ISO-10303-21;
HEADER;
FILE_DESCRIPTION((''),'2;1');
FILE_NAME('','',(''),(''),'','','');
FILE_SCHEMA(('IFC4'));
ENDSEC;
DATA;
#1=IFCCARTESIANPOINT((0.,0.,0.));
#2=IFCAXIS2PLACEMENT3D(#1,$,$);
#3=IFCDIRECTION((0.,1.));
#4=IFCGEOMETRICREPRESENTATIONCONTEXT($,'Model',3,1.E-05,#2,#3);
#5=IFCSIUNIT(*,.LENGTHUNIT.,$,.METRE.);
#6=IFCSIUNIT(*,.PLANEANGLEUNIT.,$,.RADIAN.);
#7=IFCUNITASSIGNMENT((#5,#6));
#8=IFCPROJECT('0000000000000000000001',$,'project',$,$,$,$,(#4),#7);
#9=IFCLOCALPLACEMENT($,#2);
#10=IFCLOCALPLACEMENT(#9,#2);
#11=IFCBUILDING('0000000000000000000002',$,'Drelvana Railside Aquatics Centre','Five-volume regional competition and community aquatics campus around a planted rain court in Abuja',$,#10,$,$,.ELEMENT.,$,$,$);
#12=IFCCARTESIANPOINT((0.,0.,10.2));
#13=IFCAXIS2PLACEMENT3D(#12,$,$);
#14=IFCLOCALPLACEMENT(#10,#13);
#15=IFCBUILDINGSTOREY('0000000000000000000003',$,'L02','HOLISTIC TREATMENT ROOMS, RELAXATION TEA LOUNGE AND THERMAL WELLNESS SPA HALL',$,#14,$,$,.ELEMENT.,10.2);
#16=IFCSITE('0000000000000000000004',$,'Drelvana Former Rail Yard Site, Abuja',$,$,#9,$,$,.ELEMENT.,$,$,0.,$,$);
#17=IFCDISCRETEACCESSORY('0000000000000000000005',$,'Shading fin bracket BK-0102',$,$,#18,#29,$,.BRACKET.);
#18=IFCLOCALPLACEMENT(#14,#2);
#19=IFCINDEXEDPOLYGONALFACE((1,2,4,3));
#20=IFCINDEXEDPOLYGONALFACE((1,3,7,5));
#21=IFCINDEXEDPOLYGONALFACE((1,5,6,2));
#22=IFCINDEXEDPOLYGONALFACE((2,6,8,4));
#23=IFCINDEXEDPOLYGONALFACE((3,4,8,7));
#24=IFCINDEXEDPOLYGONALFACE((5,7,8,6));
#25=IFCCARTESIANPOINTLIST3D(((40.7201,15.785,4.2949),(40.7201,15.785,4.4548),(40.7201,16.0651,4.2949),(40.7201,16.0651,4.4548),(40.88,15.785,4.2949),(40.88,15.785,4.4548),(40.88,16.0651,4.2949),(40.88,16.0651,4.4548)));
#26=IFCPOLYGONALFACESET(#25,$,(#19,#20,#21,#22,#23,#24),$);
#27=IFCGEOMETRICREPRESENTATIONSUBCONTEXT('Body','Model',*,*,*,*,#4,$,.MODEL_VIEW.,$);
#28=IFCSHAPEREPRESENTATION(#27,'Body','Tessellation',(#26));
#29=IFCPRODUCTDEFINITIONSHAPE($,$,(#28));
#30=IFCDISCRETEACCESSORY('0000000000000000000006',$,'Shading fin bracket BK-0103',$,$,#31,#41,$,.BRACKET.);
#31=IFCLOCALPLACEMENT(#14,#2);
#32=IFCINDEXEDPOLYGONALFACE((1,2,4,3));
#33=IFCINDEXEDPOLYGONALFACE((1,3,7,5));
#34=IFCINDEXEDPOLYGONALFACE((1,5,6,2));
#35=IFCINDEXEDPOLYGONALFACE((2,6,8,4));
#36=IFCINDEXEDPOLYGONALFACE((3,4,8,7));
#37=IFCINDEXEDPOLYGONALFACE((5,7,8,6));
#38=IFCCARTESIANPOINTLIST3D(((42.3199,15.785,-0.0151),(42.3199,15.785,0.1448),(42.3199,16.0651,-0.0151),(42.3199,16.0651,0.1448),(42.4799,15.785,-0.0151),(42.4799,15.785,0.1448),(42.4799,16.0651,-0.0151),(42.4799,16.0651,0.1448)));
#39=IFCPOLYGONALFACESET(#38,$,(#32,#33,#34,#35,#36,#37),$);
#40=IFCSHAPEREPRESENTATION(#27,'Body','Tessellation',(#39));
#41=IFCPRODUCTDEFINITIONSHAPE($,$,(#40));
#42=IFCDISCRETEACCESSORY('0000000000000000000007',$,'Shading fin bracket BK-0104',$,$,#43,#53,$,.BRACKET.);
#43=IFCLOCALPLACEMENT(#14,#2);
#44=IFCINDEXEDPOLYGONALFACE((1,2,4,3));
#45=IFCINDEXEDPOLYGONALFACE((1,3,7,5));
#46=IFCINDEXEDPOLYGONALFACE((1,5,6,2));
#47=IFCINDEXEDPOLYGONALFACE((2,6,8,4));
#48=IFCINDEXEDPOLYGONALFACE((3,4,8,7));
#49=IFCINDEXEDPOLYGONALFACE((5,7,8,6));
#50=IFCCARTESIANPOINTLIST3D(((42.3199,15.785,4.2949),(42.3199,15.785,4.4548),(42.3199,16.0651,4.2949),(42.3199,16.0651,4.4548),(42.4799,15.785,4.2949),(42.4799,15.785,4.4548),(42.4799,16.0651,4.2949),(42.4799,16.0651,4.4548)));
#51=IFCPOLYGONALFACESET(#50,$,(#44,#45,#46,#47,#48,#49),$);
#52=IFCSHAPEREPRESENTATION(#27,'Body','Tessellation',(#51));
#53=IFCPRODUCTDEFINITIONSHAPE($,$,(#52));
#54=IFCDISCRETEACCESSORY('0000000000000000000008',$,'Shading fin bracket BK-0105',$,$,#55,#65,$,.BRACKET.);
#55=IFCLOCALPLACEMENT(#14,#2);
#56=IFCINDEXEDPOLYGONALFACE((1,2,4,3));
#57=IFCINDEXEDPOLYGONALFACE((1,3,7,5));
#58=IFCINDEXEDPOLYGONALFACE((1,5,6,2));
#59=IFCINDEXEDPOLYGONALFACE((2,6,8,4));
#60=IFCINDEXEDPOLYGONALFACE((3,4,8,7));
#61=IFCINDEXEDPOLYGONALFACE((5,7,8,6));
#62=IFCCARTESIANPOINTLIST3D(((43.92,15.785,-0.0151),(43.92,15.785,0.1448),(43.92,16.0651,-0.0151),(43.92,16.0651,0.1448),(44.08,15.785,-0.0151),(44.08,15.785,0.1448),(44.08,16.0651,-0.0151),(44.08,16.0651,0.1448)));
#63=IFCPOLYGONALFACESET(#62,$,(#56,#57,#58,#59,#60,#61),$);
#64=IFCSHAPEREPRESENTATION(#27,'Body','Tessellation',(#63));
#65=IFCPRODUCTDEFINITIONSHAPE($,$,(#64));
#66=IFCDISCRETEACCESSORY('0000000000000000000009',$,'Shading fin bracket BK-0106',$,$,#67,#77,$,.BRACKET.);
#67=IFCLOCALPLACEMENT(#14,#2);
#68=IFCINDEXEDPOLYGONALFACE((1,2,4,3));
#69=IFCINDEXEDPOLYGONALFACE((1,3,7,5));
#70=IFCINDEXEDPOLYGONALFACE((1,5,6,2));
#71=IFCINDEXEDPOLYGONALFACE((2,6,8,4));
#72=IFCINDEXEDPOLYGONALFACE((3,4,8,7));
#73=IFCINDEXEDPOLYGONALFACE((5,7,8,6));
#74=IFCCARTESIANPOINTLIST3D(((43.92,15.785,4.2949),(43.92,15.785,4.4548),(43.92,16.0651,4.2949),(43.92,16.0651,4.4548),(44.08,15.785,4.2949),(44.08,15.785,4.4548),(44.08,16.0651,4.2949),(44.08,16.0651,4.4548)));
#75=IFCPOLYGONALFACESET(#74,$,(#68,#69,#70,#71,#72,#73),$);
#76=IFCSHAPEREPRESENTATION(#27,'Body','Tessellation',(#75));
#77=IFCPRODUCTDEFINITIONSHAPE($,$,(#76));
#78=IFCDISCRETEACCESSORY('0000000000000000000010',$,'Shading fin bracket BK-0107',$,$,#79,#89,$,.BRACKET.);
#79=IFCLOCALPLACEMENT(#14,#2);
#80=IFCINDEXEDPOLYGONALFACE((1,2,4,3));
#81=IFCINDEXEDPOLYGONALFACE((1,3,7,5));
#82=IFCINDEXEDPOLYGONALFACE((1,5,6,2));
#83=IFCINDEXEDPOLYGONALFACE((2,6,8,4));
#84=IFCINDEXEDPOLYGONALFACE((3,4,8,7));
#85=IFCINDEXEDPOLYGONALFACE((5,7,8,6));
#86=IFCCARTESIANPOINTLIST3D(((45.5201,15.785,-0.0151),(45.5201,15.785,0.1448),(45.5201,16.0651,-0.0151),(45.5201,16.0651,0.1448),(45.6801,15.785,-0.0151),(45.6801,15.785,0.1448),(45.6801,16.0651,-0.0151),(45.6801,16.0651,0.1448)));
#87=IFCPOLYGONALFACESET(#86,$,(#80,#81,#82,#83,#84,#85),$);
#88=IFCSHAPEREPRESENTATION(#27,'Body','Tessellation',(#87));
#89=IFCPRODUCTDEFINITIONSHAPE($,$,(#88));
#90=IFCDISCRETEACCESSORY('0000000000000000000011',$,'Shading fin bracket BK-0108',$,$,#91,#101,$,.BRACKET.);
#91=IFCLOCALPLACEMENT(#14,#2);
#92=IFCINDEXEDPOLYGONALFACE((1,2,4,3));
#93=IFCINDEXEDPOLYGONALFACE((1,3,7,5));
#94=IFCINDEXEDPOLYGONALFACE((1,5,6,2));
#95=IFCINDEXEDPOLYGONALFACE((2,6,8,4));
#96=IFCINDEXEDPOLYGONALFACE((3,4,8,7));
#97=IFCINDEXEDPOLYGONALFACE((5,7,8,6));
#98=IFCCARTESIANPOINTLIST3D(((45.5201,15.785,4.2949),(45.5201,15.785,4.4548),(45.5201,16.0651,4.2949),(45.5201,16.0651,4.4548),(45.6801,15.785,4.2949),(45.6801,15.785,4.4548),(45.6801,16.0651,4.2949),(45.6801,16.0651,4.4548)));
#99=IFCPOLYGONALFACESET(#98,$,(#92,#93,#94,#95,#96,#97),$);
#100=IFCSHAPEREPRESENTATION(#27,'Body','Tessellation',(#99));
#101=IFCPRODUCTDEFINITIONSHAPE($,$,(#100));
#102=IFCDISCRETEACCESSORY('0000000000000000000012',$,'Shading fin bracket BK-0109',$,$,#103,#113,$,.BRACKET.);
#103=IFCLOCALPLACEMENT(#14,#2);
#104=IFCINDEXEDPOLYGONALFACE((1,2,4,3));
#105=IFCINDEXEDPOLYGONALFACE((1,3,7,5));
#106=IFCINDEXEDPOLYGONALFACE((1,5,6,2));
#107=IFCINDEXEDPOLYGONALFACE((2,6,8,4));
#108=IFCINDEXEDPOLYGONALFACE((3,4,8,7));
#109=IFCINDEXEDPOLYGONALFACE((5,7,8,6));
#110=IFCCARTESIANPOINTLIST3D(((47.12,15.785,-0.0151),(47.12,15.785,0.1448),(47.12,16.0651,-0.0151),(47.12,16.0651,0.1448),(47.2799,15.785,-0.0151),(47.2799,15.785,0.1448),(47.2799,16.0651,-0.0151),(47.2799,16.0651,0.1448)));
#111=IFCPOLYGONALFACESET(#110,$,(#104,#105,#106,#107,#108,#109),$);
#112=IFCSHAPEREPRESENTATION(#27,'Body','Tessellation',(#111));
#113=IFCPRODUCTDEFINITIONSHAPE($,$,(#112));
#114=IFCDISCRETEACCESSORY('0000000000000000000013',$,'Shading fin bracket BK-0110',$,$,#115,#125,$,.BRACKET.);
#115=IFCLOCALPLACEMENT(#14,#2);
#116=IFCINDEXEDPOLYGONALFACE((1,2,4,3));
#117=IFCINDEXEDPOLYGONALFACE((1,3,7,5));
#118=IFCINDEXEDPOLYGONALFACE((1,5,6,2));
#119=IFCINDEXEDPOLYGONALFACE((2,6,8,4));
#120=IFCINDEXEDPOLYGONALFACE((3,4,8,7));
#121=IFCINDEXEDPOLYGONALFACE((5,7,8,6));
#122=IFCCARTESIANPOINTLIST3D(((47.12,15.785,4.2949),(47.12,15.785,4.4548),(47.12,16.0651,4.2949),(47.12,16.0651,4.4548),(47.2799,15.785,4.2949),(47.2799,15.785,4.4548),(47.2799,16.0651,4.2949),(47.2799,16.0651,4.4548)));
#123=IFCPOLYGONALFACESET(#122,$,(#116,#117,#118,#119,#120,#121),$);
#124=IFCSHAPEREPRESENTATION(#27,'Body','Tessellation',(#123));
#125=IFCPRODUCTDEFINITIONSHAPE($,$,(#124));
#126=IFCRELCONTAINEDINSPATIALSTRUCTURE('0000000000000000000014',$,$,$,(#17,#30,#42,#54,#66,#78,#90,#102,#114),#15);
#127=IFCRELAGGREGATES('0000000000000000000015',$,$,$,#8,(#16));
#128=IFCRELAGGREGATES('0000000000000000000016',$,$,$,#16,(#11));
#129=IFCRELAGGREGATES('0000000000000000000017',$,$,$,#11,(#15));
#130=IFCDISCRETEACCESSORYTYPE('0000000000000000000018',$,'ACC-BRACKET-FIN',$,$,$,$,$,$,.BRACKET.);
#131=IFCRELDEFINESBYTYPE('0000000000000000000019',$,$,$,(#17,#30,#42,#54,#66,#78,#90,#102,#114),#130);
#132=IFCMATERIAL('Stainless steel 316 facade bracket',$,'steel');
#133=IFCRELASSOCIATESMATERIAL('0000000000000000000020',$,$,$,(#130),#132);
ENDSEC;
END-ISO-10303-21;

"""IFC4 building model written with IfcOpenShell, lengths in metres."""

from ifc_helpers import new_model, si_unit, direction, frame, origin, origin_2d, place, context, subcontext, project, spatial, rectangle, extrude, material, type_object, element, save


model = new_model("IFC4")

# Units and contexts
model_context = context("Model", 3, precision=1e-05, world=origin(), true_north=direction((0.0, 1.0)))
body_context = subcontext(model_context, "Body", "Model", "MODEL_VIEW")
ifc_project = project(units=[si_unit("LENGTHUNIT", "METRE"), si_unit("PLANEANGLEUNIT", "RADIAN")], contexts=[model_context])

# Site, building, storey
site_placement = place(None, origin())
site = spatial("IfcSite", under=ifc_project, at=site_placement, Name="Drelvana Former Rail Yard Site, Abuja", CompositionType="ELEMENT", RefElevation=0.0)
building_placement = place(site_placement, origin())
building = spatial("IfcBuilding", under=site, at=building_placement, Name="Drelvana Railside Aquatics Centre", Description="Five-volume regional competition and community aquatics campus around a planted rain court in Abuja", CompositionType="ELEMENT")
storey_placement = place(building_placement, frame((0.0, 0.0, 10.2)))
storey = spatial("IfcBuildingStorey", under=building, at=storey_placement, Name="L02", Description="HOLISTIC TREATMENT ROOMS, RELAXATION TEA LOUNGE AND THERMAL WELLNESS SPA HALL", CompositionType="ELEMENT", Elevation=10.2)

# Discrete accessories
ifc_material_1 = material(Name="Stainless steel 316 facade bracket", Category="steel")
discrete_accessory_type = type_object("IfcDiscreteAccessoryType", Name="ACC-BRACKET-FIN", PredefinedType="BRACKET", material=ifc_material_1)
for number, where, z_axis, x_axis, name in (
    (1, (40.8, 15.925, 4.2949), (0.0, 0.0, 1.0), (0.0, -1.0, 0.0), "Shading fin bracket BK-0102"),
    (2, (42.3999, 15.925, -0.0151), (0.0, 0.0, 1.0), (0.0, -1.0, 0.0), "Shading fin bracket BK-0103"),
    (3, (42.3999, 15.925, 4.2949), (0.0, 0.0, 1.0), (0.0, -1.0, 0.0), "Shading fin bracket BK-0104"),
    (4, (44.0, 15.925, -0.0151), (0.0, 0.0, 1.0), (0.0, -1.0, 0.0), "Shading fin bracket BK-0105"),
    (5, (44.0, 15.925, 4.2949), (0.0, 0.0, 1.0), (0.0, -1.0, 0.0), "Shading fin bracket BK-0106"),
    (6, (45.6001, 15.925, -0.0151), (0.0, 0.0, 1.0), (0.0, -1.0, 0.0), "Shading fin bracket BK-0107"),
    (7, (45.6001, 15.925, 4.2949), (0.0, 0.0, 1.0), (0.0, -1.0, 0.0), "Shading fin bracket BK-0108"),
    (8, (47.2, 15.925, -0.0151), (0.0, 0.0, 1.0), (0.0, -1.0, 0.0), "Shading fin bracket BK-0109"),
    (9, (47.2, 15.925, 4.2949), (0.0, 0.0, 1.0), (0.0, -1.0, 0.0), "Shading fin bracket BK-0110"),
):
    element("IfcDiscreteAccessory", number, at=place(storey_placement, frame(where, z_axis=z_axis, x_axis=x_axis)), inside=storey, type_object=discrete_accessory_type, Name=name, PredefinedType="BRACKET", context=body_context, shape_type="SweptSolid", body=[
        extrude(rectangle(XDim=0.28, YDim=0.1599, at=origin_2d()), origin(), (0.0, 0.0, 1.0), 0.1599),
    ])

save(model, "model.ifc")
